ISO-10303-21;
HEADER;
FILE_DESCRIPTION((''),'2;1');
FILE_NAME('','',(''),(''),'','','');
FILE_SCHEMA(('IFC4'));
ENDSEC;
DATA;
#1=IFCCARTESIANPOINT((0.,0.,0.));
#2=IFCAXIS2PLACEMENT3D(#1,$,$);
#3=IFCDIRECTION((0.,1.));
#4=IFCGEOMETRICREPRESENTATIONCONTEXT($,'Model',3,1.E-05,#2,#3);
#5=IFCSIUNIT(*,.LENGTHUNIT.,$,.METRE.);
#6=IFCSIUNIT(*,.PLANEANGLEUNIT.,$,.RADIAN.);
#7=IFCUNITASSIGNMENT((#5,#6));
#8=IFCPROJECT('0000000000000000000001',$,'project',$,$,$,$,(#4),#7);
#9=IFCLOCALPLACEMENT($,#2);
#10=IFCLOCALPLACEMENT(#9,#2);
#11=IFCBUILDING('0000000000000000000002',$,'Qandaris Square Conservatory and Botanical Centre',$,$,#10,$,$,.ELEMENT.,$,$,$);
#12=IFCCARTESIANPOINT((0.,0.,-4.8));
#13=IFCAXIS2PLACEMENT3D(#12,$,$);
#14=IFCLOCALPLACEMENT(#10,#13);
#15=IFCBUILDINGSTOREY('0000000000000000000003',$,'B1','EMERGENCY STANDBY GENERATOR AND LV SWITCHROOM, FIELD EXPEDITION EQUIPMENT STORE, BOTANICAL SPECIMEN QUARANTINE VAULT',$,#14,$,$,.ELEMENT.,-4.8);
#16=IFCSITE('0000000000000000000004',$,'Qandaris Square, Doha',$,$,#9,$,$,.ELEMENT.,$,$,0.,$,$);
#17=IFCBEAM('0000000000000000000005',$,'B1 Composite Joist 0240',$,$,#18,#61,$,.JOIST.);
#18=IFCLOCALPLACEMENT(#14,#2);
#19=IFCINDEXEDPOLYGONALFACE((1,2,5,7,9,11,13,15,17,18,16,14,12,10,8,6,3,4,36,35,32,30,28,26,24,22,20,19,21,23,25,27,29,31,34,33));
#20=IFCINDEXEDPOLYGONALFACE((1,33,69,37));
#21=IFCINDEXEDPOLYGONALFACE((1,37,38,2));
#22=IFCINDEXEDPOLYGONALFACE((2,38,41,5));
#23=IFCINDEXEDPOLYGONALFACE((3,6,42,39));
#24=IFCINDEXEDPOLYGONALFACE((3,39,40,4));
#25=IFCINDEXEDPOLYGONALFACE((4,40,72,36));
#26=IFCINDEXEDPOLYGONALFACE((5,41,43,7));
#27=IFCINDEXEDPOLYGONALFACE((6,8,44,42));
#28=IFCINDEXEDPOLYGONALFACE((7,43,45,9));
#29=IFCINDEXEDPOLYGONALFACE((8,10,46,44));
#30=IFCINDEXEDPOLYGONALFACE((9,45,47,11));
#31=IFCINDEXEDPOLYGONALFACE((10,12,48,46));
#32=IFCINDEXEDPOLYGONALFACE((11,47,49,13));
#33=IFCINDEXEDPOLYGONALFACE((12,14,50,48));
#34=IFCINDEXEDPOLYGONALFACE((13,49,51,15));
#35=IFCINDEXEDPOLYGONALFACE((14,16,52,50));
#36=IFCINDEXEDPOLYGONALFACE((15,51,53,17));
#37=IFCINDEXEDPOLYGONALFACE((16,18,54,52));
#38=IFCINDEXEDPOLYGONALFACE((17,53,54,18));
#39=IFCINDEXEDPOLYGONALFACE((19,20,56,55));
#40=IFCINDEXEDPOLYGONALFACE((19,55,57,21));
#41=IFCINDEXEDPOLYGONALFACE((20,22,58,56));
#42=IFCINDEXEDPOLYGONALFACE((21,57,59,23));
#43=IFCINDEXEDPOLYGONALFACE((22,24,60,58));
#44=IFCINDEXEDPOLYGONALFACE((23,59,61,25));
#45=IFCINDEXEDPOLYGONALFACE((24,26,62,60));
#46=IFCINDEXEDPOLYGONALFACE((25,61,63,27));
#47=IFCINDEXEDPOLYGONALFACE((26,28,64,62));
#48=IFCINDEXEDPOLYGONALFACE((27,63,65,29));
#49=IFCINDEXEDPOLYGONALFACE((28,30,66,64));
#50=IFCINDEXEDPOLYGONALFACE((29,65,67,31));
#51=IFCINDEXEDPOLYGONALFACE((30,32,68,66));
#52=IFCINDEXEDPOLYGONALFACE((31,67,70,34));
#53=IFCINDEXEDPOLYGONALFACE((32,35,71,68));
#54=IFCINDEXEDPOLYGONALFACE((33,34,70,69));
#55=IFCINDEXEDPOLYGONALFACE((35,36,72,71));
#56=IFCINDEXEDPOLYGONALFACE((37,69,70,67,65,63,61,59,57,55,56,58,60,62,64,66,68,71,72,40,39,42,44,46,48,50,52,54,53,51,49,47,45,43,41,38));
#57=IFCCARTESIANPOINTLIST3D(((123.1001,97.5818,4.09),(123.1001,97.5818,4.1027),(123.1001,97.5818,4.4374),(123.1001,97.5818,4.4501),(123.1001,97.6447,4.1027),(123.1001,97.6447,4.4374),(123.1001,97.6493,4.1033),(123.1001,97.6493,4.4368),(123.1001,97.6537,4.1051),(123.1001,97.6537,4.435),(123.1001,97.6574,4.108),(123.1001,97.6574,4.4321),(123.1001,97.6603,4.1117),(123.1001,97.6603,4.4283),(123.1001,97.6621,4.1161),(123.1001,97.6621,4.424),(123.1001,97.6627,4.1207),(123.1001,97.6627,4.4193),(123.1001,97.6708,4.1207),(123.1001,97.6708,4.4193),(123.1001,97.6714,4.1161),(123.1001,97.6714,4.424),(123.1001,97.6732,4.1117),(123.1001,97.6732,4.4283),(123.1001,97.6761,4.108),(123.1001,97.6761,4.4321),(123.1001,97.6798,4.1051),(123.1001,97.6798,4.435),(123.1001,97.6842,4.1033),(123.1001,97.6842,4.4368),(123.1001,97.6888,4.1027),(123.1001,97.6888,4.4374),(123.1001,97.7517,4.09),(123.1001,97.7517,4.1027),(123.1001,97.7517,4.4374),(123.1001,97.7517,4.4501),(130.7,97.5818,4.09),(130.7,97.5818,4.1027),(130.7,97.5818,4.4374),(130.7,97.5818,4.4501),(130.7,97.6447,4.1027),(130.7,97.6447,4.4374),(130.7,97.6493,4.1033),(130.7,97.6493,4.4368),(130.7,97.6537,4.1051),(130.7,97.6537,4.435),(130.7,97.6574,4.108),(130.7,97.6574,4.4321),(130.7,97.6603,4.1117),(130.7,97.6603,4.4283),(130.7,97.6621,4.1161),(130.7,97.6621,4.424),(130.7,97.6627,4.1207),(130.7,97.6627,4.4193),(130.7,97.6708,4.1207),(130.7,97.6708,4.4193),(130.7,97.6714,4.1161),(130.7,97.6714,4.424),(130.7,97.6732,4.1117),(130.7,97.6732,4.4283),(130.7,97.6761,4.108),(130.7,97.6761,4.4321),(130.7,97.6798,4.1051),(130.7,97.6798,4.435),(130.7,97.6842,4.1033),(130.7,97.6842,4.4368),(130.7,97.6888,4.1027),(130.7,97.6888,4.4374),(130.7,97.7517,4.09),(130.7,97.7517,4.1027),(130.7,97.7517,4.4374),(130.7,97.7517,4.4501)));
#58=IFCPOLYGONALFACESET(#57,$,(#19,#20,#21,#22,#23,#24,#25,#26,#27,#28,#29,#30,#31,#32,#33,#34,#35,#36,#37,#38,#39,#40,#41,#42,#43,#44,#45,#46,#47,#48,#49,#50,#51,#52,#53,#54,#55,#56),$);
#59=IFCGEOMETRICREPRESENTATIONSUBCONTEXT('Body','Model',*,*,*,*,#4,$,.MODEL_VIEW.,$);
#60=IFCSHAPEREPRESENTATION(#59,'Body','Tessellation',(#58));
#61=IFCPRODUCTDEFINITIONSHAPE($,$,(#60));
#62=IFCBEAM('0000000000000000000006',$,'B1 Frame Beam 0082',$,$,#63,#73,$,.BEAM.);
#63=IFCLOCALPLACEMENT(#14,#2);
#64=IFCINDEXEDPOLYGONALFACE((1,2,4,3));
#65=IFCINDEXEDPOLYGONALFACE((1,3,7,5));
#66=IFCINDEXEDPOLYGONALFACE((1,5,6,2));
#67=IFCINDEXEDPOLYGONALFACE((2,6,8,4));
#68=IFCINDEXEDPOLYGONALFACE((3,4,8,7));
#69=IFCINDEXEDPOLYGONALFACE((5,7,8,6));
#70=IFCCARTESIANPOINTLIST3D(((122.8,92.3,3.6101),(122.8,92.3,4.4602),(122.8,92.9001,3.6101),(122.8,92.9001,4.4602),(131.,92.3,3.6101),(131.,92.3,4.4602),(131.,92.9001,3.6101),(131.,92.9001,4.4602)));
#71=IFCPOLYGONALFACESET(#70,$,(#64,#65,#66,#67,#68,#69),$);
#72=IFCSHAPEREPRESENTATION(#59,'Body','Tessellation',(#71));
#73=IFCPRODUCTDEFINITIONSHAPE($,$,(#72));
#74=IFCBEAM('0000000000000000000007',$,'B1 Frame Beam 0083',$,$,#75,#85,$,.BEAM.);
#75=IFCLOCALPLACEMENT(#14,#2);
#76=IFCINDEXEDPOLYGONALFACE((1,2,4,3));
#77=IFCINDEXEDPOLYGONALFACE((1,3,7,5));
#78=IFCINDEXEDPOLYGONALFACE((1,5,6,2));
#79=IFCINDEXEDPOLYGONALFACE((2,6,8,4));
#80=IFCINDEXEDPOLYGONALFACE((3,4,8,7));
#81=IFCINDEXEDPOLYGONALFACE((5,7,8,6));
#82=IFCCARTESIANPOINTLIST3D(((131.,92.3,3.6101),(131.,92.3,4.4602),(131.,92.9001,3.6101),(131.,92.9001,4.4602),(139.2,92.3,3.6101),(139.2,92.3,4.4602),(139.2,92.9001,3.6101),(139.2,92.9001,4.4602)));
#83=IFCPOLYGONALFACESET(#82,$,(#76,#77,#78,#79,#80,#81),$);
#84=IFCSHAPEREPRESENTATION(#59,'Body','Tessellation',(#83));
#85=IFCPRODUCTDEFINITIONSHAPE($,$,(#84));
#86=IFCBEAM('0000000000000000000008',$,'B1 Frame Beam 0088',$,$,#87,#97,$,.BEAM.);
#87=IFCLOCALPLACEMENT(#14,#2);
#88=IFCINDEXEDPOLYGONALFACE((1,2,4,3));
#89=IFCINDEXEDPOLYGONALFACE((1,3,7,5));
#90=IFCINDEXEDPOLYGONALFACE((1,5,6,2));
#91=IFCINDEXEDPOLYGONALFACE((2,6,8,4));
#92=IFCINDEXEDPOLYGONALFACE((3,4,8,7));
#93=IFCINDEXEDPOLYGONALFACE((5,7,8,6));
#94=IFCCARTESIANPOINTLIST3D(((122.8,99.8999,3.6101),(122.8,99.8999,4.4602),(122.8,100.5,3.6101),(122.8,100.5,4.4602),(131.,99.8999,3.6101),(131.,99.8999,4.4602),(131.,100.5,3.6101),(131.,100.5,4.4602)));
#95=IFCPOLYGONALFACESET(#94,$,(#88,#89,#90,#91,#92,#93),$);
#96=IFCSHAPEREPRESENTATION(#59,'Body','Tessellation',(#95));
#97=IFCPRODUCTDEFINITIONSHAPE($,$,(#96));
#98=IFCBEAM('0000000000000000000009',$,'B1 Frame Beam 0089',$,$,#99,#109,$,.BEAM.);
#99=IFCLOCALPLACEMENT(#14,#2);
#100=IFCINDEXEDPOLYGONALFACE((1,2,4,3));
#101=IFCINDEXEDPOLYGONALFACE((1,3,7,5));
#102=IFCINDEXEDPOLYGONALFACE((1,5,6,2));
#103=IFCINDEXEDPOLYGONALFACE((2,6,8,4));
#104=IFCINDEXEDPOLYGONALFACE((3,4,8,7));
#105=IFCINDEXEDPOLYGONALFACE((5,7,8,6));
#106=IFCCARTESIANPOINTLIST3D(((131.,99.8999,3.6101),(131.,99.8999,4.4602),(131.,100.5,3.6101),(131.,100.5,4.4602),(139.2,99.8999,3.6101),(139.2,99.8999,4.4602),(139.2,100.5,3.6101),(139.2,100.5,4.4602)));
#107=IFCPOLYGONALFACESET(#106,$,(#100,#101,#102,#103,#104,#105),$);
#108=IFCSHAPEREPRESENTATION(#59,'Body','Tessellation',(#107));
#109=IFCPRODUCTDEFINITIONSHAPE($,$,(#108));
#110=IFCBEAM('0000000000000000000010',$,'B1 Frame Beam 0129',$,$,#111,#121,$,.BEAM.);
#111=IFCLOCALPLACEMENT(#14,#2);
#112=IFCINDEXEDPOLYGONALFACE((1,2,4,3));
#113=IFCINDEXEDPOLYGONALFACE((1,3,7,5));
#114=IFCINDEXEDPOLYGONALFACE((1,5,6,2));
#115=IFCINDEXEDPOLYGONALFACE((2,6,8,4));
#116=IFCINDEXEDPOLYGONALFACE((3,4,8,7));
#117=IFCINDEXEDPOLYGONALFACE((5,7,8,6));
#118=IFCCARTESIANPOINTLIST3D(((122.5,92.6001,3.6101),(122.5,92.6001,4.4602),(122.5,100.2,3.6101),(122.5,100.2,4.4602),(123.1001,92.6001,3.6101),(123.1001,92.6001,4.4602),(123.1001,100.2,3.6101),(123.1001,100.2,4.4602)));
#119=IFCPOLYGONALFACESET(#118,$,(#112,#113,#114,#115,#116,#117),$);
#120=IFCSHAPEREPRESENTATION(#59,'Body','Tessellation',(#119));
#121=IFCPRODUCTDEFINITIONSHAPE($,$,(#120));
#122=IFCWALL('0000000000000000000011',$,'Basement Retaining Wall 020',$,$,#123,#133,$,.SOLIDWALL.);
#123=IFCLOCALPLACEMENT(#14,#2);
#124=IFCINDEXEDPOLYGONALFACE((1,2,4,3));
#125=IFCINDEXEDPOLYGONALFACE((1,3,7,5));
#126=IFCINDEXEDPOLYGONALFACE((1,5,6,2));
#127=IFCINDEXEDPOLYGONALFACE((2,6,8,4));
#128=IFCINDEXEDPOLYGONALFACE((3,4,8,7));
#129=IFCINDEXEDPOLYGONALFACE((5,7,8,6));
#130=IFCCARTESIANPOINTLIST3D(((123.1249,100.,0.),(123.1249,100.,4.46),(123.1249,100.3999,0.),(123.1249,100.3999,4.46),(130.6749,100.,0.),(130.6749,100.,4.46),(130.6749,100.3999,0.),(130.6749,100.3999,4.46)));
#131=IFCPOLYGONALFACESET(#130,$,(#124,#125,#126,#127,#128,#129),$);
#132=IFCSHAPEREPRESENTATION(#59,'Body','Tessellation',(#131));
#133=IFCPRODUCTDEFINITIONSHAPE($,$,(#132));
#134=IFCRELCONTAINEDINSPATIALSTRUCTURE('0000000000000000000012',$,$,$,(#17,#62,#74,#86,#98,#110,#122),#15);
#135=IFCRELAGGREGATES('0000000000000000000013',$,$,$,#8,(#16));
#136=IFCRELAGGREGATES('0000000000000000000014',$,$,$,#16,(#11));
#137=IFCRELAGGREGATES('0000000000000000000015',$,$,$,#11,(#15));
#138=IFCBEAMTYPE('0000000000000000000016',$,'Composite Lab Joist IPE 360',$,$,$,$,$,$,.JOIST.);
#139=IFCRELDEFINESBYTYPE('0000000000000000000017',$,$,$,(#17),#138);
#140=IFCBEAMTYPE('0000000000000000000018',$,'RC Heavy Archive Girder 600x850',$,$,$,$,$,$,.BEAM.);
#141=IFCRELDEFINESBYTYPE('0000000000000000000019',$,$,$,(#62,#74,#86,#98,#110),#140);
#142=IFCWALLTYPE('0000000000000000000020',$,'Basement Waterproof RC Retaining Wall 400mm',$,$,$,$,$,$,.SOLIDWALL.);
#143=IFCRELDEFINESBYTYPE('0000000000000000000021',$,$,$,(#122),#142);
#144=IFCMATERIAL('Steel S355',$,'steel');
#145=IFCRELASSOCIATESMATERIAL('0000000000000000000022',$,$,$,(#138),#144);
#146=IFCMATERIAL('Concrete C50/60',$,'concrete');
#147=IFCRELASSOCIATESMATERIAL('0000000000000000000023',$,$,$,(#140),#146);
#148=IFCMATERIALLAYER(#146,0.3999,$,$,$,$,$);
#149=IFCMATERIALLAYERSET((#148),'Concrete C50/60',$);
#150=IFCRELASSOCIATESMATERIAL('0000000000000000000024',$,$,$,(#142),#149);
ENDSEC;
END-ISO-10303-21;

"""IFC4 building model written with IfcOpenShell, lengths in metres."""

from ifc_helpers import new_model, si_unit, direction, frame, frame_2d, origin, origin_2d, place, context, subcontext, project, spatial, rectangle, i_section, extrude, material, layer, layer_set, material_profile, profile_set, type_object, element, save


model = new_model("IFC4")

# Units and contexts
model_context = context("Model", 3, precision=1e-05, world=origin(), true_north=direction((0.0, 1.0)))
body_context = subcontext(model_context, "Body", "Model", "MODEL_VIEW")
ifc_project = project(units=[si_unit("LENGTHUNIT", "METRE"), si_unit("PLANEANGLEUNIT", "RADIAN")], contexts=[model_context])

# Site, building, storey
site_placement = place(None, origin())
site = spatial("IfcSite", under=ifc_project, at=site_placement, Name="Qandaris Square, Doha", CompositionType="ELEMENT", RefElevation=0.0)
building_placement = place(site_placement, origin())
building = spatial("IfcBuilding", under=site, at=building_placement, Name="Qandaris Square Conservatory and Botanical Centre", CompositionType="ELEMENT")
storey_placement = place(building_placement, frame((0.0, 0.0, -4.8)))
storey = spatial("IfcBuildingStorey", under=building, at=storey_placement, Name="B1", Description="EMERGENCY STANDBY GENERATOR AND LV SWITCHROOM, FIELD EXPEDITION EQUIPMENT STORE, BOTANICAL SPECIMEN QUARANTINE VAULT", CompositionType="ELEMENT", Elevation=-4.8)

# Shared definitions
ifc_material_1 = material(Name="Concrete C50/60", Category="concrete")

# Beams
ifc_material_2 = material(Name="Steel S355", Category="steel")
ifc_material_profile_1 = material_profile(ifc_material_2, i_section(OverallWidth=0.1699, OverallDepth=0.3601, WebThickness=0.0081, FlangeThickness=0.0127, FilletRadius=0.0181, at=origin_2d()), Name="IPE 360")
ifc_profile_set_1 = profile_set([ifc_material_profile_1], Name="Steel S355")
beam_type_1 = type_object("IfcBeamType", Name="Composite Lab Joist IPE 360", PredefinedType="JOIST", material=ifc_profile_set_1)
beam_1_placement = place(storey_placement, frame((123.1001, 97.6667, 4.27), z_axis=(1.0, 0.0, 0.0), x_axis=(0.0, 1.0, 0.0)))
element("IfcBeam", 1, at=beam_1_placement, inside=storey, type_object=beam_type_1, Name="B1 Composite Joist 0240", PredefinedType="JOIST", context=body_context, shape_type="SweptSolid", body=[
    extrude(i_section(OverallWidth=0.1699, OverallDepth=0.3601, WebThickness=0.0081, FlangeThickness=0.0127, FilletRadius=0.0181, at=origin_2d()), origin(), (0.0, 0.0, 1.0), 7.5999),
])
ifc_material_profile_2 = material_profile(ifc_material_1, rectangle(XDim=0.6001, YDim=0.8501, at=origin_2d()), Name="RC-BM 600x850")
ifc_profile_set_2 = profile_set([ifc_material_profile_2], Name="Concrete C50/60")
beam_type_2 = type_object("IfcBeamType", Name="RC Heavy Archive Girder 600x850", PredefinedType="BEAM", material=ifc_profile_set_2)
for number, where, z_axis, x_axis, name in (
    (2, (122.8, 92.6001, 4.0352), (1.0, 0.0, 0.0), (0.0, 1.0, 0.0), "B1 Frame Beam 0082"),
    (3, (131.0, 92.6001, 4.0352), (1.0, 0.0, 0.0), (0.0, 1.0, 0.0), "B1 Frame Beam 0083"),
    (4, (122.8, 100.2, 4.0352), (1.0, 0.0, 0.0), (0.0, 1.0, 0.0), "B1 Frame Beam 0088"),
    (5, (131.0, 100.2, 4.0352), (1.0, 0.0, 0.0), (0.0, 1.0, 0.0), "B1 Frame Beam 0089"),
):
    element("IfcBeam", number, at=place(storey_placement, frame(where, z_axis=z_axis, x_axis=x_axis)), inside=storey, type_object=beam_type_2, Name=name, PredefinedType="BEAM", context=body_context, shape_type="SweptSolid", body=[
        extrude(rectangle(XDim=0.6001, YDim=0.8501, at=origin_2d()), origin(), (0.0, 0.0, 1.0), 8.2),
    ])
beam_2_placement = place(storey_placement, frame((122.8, 92.6001, 4.0352), z_axis=(0.0, 1.0, 0.0), x_axis=(-1.0, 0.0, 0.0)))
element("IfcBeam", 6, at=beam_2_placement, inside=storey, type_object=beam_type_2, Name="B1 Frame Beam 0129", PredefinedType="BEAM", context=body_context, shape_type="SweptSolid", body=[
    extrude(rectangle(XDim=0.6001, YDim=0.8501, at=origin_2d()), origin(), (0.0, 0.0, 1.0), 7.5999),
])

# Wall
ifc_layer = layer(ifc_material_1, 0.3999)
ifc_layer_set = layer_set([ifc_layer], Name="Concrete C50/60")
wall_type = type_object("IfcWallType", Name="Basement Waterproof RC Retaining Wall 400mm", PredefinedType="SOLIDWALL", material=ifc_layer_set)
wall_placement = place(storey_placement, frame((123.125, 100.2, 0.0), z_axis=(0.0, 0.0, 1.0), x_axis=(1.0, 0.0, 0.0)))
element("IfcWall", 7, at=wall_placement, inside=storey, type_object=wall_type, Name="Basement Retaining Wall 020", PredefinedType="SOLIDWALL", context=body_context, shape_type="SweptSolid", body=[
    extrude(rectangle(XDim=7.55, YDim=0.3999, at=frame_2d((3.7749, 0.0))), origin(), (0.0, 0.0, 1.0), 4.46),
])

save(model, "model.ifc")
